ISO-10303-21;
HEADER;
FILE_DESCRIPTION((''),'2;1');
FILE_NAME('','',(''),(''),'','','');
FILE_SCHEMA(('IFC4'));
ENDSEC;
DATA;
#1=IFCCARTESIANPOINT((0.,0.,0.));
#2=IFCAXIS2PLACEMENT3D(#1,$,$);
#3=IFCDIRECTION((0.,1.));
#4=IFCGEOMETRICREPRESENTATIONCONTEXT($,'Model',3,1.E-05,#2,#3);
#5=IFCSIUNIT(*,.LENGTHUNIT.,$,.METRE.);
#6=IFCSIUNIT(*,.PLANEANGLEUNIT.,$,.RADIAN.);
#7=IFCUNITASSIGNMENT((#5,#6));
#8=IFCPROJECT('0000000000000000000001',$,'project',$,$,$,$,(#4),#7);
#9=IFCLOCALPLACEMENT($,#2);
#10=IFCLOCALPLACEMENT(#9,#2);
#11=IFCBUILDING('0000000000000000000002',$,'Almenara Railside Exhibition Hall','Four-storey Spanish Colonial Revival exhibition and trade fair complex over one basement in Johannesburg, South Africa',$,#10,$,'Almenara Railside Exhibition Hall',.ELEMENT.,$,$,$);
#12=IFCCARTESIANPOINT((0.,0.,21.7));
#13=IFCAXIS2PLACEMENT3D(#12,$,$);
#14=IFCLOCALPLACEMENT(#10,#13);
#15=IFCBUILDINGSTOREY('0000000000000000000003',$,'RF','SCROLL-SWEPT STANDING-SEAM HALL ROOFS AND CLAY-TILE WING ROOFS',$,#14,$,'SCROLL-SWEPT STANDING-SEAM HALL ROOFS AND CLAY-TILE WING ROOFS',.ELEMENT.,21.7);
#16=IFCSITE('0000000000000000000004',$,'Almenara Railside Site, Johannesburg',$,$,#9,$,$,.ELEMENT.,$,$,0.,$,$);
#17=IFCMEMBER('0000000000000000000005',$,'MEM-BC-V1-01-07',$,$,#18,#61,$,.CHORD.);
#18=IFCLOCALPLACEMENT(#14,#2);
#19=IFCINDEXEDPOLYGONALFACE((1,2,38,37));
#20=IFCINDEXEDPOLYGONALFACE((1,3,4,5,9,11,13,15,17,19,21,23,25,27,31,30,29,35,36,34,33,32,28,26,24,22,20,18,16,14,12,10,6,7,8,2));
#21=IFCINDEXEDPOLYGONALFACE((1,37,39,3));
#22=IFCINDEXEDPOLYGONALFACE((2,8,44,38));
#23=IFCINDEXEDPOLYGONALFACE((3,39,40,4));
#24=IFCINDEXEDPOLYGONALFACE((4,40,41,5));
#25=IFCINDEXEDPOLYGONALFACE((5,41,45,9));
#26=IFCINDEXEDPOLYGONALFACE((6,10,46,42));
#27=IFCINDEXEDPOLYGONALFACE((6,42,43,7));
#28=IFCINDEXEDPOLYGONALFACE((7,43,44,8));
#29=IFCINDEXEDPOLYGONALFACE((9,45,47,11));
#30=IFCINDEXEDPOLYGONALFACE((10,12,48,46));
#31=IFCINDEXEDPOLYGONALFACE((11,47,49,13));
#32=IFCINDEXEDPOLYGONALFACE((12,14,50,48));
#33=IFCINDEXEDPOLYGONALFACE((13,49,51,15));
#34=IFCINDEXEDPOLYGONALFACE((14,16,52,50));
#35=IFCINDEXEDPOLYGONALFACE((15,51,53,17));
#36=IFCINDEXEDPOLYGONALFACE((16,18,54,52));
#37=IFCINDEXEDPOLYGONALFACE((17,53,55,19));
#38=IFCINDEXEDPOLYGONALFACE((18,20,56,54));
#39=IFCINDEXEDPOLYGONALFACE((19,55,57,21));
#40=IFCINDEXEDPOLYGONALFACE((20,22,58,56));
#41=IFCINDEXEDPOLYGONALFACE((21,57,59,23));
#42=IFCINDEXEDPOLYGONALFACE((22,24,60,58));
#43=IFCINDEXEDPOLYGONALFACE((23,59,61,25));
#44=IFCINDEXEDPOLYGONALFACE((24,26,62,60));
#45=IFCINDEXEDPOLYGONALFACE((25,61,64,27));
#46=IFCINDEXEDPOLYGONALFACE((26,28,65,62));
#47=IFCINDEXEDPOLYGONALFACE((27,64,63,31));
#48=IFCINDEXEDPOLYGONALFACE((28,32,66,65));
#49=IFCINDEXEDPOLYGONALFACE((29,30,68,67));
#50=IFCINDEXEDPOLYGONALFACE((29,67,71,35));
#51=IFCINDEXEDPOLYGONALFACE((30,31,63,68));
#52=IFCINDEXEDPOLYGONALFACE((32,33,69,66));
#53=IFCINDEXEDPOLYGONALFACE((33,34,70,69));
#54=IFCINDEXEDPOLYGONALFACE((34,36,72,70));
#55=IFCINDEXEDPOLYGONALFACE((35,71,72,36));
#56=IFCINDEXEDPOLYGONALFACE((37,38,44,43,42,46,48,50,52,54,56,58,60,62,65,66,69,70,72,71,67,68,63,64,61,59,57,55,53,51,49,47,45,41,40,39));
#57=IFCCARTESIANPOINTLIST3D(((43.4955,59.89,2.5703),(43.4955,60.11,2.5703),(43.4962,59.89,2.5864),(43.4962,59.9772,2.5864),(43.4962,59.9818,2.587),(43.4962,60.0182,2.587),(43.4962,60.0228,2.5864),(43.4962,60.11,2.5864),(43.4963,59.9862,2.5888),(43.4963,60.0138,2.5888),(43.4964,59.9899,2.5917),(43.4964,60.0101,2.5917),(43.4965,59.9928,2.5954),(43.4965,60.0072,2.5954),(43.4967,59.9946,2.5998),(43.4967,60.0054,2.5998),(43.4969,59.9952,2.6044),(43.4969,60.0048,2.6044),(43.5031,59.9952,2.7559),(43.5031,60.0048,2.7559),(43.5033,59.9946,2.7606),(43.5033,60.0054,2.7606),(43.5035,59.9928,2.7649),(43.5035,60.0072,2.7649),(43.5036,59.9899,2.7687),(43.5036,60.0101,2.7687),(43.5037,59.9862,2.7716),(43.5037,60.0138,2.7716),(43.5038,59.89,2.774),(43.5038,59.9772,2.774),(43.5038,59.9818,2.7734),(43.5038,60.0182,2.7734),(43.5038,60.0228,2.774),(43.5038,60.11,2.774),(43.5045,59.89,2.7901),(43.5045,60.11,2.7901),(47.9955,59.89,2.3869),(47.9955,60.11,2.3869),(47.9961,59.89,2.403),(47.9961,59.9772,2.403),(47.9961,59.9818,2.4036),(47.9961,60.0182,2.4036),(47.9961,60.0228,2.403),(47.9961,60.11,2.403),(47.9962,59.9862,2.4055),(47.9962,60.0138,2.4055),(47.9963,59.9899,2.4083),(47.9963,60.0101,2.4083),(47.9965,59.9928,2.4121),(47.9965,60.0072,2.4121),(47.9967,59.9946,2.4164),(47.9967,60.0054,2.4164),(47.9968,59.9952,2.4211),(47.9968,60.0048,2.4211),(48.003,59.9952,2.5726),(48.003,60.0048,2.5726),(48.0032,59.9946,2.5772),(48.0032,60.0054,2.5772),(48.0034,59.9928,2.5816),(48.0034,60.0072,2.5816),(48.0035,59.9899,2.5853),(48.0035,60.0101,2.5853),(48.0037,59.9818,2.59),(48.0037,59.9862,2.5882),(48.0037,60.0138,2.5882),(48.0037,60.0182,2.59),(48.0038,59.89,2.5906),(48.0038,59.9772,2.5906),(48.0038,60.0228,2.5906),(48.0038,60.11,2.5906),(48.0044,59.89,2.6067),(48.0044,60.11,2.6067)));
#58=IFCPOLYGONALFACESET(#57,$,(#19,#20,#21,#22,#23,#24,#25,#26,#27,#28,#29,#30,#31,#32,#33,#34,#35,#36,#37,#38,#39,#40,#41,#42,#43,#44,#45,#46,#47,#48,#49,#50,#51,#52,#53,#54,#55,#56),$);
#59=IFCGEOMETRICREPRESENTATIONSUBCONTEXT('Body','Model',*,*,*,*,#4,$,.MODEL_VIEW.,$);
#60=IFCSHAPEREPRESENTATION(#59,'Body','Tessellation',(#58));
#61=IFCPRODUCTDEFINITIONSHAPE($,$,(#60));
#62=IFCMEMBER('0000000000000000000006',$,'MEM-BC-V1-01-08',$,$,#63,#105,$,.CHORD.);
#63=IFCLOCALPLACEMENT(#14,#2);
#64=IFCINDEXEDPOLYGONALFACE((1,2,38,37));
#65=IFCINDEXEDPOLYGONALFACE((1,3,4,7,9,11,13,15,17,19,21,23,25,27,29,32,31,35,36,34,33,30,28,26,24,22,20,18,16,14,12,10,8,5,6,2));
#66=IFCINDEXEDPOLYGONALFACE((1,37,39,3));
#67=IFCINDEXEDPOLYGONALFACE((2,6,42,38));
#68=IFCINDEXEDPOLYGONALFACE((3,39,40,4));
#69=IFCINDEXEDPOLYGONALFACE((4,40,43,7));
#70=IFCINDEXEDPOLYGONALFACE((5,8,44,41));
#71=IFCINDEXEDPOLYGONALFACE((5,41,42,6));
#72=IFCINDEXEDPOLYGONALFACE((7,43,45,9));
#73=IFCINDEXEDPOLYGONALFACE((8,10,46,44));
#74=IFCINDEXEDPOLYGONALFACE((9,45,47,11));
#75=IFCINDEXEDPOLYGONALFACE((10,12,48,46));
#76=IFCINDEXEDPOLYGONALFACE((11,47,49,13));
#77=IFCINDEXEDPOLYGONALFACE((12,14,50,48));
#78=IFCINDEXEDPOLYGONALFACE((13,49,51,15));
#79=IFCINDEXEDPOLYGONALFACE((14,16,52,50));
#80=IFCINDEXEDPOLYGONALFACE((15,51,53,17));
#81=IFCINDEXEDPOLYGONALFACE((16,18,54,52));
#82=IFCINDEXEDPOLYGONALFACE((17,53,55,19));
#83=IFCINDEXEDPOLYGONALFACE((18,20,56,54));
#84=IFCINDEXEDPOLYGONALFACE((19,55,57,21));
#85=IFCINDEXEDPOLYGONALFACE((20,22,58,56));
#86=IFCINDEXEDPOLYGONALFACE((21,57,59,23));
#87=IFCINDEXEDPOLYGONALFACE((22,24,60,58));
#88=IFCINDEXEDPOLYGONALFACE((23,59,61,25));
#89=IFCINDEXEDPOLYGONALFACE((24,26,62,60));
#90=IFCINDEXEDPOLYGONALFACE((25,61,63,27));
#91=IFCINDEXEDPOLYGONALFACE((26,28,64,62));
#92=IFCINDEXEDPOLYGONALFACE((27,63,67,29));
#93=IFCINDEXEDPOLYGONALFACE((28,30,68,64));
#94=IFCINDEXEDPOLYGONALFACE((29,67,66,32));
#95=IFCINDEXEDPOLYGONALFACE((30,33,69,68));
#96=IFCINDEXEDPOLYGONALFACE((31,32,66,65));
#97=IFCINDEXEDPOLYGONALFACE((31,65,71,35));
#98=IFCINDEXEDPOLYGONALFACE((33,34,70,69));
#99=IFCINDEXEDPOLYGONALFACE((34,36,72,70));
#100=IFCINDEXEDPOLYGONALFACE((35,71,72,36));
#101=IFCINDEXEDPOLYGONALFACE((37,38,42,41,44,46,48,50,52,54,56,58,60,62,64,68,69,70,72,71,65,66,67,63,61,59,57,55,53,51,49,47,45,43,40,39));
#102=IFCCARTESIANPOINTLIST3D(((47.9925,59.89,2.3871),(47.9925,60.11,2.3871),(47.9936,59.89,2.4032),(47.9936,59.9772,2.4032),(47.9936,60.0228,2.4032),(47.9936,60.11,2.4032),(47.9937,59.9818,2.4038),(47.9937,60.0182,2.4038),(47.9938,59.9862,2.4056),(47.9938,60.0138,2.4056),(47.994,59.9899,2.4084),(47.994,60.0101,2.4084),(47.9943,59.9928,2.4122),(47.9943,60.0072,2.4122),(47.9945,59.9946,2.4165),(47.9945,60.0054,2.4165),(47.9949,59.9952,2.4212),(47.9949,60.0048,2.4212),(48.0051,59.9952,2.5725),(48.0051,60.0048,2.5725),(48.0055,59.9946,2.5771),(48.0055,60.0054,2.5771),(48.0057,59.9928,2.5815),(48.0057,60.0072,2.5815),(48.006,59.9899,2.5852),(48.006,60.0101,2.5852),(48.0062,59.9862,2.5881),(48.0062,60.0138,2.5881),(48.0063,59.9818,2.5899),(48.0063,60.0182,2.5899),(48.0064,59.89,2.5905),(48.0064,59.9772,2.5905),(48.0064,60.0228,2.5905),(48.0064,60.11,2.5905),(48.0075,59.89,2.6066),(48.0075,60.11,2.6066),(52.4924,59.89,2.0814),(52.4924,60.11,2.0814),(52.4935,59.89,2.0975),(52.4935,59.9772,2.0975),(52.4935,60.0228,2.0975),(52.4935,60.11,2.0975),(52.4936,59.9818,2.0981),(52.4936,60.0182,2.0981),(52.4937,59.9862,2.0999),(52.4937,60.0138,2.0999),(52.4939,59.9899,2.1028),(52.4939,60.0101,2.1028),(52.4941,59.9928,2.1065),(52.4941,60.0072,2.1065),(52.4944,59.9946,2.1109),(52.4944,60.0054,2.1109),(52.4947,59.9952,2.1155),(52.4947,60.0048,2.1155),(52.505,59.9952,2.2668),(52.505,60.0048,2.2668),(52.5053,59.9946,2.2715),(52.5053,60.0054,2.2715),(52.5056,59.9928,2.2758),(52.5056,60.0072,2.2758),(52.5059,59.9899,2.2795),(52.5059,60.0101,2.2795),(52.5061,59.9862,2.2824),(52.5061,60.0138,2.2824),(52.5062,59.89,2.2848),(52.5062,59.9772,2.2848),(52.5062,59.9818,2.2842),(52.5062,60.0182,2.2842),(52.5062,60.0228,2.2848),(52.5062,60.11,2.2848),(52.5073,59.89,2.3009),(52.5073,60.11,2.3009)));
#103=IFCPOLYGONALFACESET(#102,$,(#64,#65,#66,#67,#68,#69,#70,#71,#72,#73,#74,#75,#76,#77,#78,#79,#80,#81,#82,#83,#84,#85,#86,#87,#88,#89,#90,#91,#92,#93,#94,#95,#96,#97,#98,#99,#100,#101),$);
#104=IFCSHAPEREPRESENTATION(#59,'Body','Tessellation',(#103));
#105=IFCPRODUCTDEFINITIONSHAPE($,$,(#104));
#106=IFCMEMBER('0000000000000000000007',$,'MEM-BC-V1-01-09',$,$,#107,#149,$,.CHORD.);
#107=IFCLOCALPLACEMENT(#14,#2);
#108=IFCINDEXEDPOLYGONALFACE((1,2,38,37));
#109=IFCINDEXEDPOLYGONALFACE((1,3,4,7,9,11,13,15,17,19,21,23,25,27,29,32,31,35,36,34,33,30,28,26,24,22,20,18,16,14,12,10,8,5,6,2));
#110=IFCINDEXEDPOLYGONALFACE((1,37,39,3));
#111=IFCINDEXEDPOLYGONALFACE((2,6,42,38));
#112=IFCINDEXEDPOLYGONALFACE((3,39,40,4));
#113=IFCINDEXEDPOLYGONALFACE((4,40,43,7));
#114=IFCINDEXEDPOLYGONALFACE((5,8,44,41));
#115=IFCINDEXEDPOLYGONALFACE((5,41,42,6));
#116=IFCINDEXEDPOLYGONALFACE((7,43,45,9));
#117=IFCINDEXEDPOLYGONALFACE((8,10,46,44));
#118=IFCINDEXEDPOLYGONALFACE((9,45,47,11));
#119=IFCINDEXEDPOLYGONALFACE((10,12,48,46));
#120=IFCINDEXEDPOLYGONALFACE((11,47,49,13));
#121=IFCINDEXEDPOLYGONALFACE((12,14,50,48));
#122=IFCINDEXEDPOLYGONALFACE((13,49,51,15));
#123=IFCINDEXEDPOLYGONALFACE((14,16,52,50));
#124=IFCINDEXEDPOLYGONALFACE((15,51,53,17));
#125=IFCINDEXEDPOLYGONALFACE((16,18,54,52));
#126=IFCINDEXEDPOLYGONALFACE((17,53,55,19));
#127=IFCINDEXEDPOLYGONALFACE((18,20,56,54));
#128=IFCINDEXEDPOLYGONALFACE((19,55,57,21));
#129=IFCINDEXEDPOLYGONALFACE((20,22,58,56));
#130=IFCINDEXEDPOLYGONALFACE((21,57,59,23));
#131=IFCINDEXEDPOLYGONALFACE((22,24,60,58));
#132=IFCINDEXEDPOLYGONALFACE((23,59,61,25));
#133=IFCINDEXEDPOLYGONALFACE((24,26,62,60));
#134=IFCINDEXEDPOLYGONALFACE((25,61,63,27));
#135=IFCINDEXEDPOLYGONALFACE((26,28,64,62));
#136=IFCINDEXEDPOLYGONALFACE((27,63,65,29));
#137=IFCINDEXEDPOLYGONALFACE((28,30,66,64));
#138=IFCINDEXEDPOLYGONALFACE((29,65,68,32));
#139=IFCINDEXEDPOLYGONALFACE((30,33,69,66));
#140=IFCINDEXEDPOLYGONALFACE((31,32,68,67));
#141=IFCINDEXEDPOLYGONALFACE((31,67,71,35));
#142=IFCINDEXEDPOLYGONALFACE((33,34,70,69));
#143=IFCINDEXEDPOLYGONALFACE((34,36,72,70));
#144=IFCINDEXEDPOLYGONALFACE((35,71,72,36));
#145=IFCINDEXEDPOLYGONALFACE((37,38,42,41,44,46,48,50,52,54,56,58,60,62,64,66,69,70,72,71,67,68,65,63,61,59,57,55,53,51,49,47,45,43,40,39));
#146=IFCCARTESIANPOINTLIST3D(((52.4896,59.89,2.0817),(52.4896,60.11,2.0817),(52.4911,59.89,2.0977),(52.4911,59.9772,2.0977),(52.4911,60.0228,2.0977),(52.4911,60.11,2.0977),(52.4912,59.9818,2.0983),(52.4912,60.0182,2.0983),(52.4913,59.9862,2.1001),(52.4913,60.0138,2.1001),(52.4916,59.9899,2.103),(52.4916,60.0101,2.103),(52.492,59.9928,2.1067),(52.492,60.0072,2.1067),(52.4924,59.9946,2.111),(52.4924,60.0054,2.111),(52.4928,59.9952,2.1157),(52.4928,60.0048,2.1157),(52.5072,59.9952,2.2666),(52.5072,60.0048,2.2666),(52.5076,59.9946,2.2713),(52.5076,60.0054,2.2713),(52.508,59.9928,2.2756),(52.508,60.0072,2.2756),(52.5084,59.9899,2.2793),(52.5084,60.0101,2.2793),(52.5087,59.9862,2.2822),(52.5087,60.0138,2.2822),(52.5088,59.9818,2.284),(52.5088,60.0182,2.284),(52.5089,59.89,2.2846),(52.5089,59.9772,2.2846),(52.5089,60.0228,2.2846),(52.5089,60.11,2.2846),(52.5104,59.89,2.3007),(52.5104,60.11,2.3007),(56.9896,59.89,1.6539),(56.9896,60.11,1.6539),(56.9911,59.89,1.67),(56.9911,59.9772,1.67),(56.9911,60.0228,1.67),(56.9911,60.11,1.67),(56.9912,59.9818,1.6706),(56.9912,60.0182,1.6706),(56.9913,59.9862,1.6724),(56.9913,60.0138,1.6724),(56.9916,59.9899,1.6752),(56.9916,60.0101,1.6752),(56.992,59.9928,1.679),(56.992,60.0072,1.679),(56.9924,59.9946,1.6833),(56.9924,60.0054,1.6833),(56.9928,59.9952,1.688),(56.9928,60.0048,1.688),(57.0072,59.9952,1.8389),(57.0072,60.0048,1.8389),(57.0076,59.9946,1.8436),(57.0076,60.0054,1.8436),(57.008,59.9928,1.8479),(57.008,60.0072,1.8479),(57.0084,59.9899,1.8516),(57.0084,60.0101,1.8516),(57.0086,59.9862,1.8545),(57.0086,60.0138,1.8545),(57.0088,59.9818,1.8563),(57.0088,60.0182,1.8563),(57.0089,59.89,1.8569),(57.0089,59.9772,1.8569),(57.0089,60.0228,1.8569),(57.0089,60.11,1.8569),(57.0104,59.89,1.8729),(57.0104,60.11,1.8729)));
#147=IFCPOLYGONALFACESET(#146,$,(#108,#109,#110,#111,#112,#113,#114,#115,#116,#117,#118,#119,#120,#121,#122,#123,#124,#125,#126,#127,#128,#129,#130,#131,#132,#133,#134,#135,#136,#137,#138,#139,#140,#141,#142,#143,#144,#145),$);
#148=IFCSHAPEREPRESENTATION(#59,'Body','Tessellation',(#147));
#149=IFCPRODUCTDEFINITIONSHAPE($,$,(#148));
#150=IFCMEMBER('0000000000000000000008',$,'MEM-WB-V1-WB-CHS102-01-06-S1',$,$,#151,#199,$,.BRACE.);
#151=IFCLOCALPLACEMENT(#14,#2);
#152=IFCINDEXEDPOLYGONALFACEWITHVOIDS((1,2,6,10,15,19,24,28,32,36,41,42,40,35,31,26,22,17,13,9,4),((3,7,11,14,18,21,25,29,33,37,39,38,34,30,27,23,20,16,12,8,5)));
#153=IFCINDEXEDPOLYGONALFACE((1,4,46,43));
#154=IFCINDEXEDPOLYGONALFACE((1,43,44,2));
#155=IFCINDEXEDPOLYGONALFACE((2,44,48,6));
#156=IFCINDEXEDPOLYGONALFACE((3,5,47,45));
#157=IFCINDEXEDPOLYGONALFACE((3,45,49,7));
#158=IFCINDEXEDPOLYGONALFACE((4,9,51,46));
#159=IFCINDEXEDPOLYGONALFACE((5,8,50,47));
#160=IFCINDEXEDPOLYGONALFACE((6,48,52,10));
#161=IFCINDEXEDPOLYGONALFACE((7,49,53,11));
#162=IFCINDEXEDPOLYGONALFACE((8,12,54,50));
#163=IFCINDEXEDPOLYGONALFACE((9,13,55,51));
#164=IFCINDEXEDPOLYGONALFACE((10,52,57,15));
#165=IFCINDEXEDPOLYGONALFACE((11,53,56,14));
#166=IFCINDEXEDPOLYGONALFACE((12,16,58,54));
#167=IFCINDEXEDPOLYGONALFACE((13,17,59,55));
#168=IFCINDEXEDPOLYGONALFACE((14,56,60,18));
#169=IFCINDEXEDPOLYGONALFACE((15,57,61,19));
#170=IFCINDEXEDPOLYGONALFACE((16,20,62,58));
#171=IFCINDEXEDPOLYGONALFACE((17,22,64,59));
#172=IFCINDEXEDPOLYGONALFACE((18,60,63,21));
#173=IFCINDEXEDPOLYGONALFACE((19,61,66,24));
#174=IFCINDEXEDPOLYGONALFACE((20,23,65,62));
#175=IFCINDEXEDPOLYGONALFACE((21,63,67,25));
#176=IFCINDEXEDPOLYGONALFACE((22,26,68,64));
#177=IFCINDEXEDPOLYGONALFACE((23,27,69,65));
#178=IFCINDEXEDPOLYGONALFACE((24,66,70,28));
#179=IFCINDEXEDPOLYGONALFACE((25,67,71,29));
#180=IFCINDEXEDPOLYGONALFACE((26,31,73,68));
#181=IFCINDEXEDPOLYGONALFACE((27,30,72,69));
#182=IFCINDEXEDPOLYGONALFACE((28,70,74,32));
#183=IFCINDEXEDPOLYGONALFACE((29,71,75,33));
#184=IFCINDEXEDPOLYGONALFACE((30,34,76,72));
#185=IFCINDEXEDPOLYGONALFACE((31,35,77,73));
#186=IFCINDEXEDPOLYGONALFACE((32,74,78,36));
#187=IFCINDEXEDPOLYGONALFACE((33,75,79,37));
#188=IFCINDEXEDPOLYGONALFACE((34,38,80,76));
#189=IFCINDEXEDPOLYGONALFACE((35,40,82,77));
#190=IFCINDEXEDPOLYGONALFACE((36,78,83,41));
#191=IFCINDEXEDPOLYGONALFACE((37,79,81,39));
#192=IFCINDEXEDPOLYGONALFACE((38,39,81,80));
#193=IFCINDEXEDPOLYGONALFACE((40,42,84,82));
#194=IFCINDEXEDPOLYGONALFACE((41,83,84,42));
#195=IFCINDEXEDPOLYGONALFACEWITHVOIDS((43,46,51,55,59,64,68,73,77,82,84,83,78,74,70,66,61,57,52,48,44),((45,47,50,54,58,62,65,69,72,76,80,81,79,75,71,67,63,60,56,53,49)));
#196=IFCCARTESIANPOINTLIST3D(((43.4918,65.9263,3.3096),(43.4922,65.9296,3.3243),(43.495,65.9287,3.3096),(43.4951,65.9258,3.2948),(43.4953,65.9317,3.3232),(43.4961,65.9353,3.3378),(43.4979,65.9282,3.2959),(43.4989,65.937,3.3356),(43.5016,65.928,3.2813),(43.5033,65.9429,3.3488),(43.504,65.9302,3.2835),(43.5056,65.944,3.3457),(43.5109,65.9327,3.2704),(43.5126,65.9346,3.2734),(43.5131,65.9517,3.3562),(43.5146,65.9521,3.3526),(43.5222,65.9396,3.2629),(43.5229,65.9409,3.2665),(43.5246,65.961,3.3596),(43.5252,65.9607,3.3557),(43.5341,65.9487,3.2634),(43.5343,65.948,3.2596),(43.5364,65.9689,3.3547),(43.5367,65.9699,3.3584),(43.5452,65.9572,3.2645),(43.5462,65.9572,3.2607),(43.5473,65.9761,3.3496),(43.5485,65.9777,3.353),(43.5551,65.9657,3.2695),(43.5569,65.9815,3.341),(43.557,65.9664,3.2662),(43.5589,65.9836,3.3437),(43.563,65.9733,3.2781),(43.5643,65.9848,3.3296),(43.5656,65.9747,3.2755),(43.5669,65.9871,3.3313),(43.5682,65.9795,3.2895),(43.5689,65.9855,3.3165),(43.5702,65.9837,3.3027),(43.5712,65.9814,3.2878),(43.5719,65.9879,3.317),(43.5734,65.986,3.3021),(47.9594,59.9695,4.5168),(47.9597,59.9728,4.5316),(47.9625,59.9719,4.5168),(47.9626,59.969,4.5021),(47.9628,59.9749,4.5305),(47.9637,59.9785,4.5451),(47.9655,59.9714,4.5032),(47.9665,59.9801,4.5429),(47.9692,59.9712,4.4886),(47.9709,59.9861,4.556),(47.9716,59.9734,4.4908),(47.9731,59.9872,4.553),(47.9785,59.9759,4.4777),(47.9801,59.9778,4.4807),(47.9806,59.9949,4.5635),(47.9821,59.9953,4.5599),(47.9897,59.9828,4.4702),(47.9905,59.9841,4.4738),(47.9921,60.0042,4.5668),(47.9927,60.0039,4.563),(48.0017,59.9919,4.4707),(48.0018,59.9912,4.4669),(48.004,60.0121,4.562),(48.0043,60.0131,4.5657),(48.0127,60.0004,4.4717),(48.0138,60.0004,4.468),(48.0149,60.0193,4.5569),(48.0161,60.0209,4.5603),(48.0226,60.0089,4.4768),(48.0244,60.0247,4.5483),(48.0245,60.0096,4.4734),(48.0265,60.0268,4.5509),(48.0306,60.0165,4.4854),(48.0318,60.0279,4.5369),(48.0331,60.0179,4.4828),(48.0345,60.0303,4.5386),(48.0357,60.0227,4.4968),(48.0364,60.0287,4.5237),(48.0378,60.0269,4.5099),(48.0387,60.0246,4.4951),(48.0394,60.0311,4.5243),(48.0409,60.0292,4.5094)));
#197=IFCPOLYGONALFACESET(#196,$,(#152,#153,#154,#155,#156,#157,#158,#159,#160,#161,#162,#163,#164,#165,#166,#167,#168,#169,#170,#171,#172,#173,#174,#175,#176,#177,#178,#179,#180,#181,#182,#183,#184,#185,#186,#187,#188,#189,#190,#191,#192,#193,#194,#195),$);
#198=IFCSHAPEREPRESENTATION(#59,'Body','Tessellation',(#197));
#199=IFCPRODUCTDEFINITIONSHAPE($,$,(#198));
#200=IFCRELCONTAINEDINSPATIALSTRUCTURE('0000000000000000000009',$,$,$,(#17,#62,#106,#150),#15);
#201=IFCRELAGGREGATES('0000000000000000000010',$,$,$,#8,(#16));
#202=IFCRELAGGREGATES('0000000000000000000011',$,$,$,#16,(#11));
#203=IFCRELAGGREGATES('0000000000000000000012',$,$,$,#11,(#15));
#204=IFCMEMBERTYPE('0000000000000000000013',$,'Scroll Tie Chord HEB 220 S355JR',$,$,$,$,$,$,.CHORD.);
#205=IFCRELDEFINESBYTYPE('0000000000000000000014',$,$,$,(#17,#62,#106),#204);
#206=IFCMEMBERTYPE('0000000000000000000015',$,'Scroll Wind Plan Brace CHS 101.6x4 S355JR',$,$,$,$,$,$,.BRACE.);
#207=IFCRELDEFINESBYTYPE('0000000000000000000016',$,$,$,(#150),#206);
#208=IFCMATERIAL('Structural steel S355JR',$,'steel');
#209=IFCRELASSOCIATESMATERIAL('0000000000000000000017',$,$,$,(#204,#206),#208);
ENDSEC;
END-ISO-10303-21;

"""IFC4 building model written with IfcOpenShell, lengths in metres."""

from ifc_helpers import new_model, si_unit, direction, frame, origin, origin_2d, place, context, subcontext, project, spatial, hollow_circle, i_section, extrude, material, material_profile, profile_set, type_object, element, save


model = new_model("IFC4")

# Units and contexts
model_context = context("Model", 3, precision=1e-05, world=origin(), true_north=direction((0.0, 1.0)))
body_context = subcontext(model_context, "Body", "Model", "MODEL_VIEW")
ifc_project = project(units=[si_unit("LENGTHUNIT", "METRE"), si_unit("PLANEANGLEUNIT", "RADIAN")], contexts=[model_context])

# Site, building, storey
site_placement = place(None, origin())
site = spatial("IfcSite", under=ifc_project, at=site_placement, Name="Almenara Railside Site, Johannesburg", CompositionType="ELEMENT", RefElevation=0.0)
building_placement = place(site_placement, origin())
building = spatial("IfcBuilding", under=site, at=building_placement, Name="Almenara Railside Exhibition Hall", Description="Four-storey Spanish Colonial Revival exhibition and trade fair complex over one basement in Johannesburg, South Africa", LongName="Almenara Railside Exhibition Hall", CompositionType="ELEMENT")
storey_placement = place(building_placement, frame((0.0, 0.0, 21.7)))
storey = spatial("IfcBuildingStorey", under=building, at=storey_placement, Name="RF", Description="SCROLL-SWEPT STANDING-SEAM HALL ROOFS AND CLAY-TILE WING ROOFS", LongName="SCROLL-SWEPT STANDING-SEAM HALL ROOFS AND CLAY-TILE WING ROOFS", CompositionType="ELEMENT", Elevation=21.7)

# Members
ifc_material_1 = material(Name="Structural steel S355JR", Category="steel")
ifc_material_profile_1 = material_profile(ifc_material_1, i_section(OverallWidth=0.22, OverallDepth=0.22, WebThickness=0.0095, FlangeThickness=0.0161, FilletRadius=0.0181, at=origin_2d()), Name="HEB 220")
ifc_profile_set_1 = profile_set([ifc_material_profile_1], Name="Structural steel S355JR")
member_type_1 = type_object("IfcMemberType", Name="Scroll Tie Chord HEB 220 S355JR", PredefinedType="CHORD", material=ifc_profile_set_1)
member_1_placement = place(storey_placement, frame((43.5, 60.0, 2.6802), z_axis=(0.999171, 0.0, -0.040711), x_axis=(0.0, 1.0, 0.0)))
element("IfcMember", 1, at=member_1_placement, inside=storey, type_object=member_type_1, Name="MEM-BC-V1-01-07", PredefinedType="CHORD", context=body_context, shape_type="SweptSolid", body=[
    extrude(i_section(OverallWidth=0.22, OverallDepth=0.22, WebThickness=0.0095, FlangeThickness=0.0161, FilletRadius=0.0181, at=origin_2d()), origin(), (0.0, 0.0, 1.0), 4.5037),
])
member_2_placement = place(storey_placement, frame((48.0, 60.0, 2.4968), z_axis=(0.997701, 0.0, -0.067769), x_axis=(0.0, 1.0, 0.0)))
element("IfcMember", 2, at=member_2_placement, inside=storey, type_object=member_type_1, Name="MEM-BC-V1-01-08", PredefinedType="CHORD", context=body_context, shape_type="SweptSolid", body=[
    extrude(i_section(OverallWidth=0.22, OverallDepth=0.22, WebThickness=0.0095, FlangeThickness=0.0161, FilletRadius=0.0181, at=origin_2d()), origin(), (0.0, 0.0, 1.0), 4.5103),
])
member_3_placement = place(storey_placement, frame((52.5, 60.0, 2.1912), z_axis=(0.995513, 0.0, -0.094626), x_axis=(0.0, 1.0, 0.0)))
element("IfcMember", 3, at=member_3_placement, inside=storey, type_object=member_type_1, Name="MEM-BC-V1-01-09", PredefinedType="CHORD", context=body_context, shape_type="SweptSolid", body=[
    extrude(i_section(OverallWidth=0.22, OverallDepth=0.22, WebThickness=0.0095, FlangeThickness=0.0161, FilletRadius=0.0181, at=origin_2d()), origin(), (0.0, 0.0, 1.0), 4.5203),
])
ifc_material_profile_2 = material_profile(ifc_material_1, hollow_circle(Radius=0.0508, WallThickness=0.0039, at=origin_2d()), Name="CHS 101.6x4")
ifc_profile_set_2 = profile_set([ifc_material_profile_2], Name="Structural steel S355JR")
member_type_2 = type_object("IfcMemberType", Name="Scroll Wind Plan Brace CHS 101.6x4 S355JR", PredefinedType="BRACE", material=ifc_profile_set_2)
member_4_placement = place(storey_placement, frame((48.0, 60.0, 4.5168), z_axis=(-0.59226, 0.789691, -0.160048), x_axis=(-0.800004, -0.599995, 0.0)))
element("IfcMember", 4, at=member_4_placement, inside=storey, type_object=member_type_2, Name="MEM-WB-V1-WB-CHS102-01-06-S1", PredefinedType="BRACE", context=body_context, shape_type="SweptSolid", body=[
    extrude(hollow_circle(Radius=0.0508, WallThickness=0.0039, at=origin_2d()), origin(), (0.0, 0.0, 1.0), 7.5432),
])

save(model, "model.ifc")
